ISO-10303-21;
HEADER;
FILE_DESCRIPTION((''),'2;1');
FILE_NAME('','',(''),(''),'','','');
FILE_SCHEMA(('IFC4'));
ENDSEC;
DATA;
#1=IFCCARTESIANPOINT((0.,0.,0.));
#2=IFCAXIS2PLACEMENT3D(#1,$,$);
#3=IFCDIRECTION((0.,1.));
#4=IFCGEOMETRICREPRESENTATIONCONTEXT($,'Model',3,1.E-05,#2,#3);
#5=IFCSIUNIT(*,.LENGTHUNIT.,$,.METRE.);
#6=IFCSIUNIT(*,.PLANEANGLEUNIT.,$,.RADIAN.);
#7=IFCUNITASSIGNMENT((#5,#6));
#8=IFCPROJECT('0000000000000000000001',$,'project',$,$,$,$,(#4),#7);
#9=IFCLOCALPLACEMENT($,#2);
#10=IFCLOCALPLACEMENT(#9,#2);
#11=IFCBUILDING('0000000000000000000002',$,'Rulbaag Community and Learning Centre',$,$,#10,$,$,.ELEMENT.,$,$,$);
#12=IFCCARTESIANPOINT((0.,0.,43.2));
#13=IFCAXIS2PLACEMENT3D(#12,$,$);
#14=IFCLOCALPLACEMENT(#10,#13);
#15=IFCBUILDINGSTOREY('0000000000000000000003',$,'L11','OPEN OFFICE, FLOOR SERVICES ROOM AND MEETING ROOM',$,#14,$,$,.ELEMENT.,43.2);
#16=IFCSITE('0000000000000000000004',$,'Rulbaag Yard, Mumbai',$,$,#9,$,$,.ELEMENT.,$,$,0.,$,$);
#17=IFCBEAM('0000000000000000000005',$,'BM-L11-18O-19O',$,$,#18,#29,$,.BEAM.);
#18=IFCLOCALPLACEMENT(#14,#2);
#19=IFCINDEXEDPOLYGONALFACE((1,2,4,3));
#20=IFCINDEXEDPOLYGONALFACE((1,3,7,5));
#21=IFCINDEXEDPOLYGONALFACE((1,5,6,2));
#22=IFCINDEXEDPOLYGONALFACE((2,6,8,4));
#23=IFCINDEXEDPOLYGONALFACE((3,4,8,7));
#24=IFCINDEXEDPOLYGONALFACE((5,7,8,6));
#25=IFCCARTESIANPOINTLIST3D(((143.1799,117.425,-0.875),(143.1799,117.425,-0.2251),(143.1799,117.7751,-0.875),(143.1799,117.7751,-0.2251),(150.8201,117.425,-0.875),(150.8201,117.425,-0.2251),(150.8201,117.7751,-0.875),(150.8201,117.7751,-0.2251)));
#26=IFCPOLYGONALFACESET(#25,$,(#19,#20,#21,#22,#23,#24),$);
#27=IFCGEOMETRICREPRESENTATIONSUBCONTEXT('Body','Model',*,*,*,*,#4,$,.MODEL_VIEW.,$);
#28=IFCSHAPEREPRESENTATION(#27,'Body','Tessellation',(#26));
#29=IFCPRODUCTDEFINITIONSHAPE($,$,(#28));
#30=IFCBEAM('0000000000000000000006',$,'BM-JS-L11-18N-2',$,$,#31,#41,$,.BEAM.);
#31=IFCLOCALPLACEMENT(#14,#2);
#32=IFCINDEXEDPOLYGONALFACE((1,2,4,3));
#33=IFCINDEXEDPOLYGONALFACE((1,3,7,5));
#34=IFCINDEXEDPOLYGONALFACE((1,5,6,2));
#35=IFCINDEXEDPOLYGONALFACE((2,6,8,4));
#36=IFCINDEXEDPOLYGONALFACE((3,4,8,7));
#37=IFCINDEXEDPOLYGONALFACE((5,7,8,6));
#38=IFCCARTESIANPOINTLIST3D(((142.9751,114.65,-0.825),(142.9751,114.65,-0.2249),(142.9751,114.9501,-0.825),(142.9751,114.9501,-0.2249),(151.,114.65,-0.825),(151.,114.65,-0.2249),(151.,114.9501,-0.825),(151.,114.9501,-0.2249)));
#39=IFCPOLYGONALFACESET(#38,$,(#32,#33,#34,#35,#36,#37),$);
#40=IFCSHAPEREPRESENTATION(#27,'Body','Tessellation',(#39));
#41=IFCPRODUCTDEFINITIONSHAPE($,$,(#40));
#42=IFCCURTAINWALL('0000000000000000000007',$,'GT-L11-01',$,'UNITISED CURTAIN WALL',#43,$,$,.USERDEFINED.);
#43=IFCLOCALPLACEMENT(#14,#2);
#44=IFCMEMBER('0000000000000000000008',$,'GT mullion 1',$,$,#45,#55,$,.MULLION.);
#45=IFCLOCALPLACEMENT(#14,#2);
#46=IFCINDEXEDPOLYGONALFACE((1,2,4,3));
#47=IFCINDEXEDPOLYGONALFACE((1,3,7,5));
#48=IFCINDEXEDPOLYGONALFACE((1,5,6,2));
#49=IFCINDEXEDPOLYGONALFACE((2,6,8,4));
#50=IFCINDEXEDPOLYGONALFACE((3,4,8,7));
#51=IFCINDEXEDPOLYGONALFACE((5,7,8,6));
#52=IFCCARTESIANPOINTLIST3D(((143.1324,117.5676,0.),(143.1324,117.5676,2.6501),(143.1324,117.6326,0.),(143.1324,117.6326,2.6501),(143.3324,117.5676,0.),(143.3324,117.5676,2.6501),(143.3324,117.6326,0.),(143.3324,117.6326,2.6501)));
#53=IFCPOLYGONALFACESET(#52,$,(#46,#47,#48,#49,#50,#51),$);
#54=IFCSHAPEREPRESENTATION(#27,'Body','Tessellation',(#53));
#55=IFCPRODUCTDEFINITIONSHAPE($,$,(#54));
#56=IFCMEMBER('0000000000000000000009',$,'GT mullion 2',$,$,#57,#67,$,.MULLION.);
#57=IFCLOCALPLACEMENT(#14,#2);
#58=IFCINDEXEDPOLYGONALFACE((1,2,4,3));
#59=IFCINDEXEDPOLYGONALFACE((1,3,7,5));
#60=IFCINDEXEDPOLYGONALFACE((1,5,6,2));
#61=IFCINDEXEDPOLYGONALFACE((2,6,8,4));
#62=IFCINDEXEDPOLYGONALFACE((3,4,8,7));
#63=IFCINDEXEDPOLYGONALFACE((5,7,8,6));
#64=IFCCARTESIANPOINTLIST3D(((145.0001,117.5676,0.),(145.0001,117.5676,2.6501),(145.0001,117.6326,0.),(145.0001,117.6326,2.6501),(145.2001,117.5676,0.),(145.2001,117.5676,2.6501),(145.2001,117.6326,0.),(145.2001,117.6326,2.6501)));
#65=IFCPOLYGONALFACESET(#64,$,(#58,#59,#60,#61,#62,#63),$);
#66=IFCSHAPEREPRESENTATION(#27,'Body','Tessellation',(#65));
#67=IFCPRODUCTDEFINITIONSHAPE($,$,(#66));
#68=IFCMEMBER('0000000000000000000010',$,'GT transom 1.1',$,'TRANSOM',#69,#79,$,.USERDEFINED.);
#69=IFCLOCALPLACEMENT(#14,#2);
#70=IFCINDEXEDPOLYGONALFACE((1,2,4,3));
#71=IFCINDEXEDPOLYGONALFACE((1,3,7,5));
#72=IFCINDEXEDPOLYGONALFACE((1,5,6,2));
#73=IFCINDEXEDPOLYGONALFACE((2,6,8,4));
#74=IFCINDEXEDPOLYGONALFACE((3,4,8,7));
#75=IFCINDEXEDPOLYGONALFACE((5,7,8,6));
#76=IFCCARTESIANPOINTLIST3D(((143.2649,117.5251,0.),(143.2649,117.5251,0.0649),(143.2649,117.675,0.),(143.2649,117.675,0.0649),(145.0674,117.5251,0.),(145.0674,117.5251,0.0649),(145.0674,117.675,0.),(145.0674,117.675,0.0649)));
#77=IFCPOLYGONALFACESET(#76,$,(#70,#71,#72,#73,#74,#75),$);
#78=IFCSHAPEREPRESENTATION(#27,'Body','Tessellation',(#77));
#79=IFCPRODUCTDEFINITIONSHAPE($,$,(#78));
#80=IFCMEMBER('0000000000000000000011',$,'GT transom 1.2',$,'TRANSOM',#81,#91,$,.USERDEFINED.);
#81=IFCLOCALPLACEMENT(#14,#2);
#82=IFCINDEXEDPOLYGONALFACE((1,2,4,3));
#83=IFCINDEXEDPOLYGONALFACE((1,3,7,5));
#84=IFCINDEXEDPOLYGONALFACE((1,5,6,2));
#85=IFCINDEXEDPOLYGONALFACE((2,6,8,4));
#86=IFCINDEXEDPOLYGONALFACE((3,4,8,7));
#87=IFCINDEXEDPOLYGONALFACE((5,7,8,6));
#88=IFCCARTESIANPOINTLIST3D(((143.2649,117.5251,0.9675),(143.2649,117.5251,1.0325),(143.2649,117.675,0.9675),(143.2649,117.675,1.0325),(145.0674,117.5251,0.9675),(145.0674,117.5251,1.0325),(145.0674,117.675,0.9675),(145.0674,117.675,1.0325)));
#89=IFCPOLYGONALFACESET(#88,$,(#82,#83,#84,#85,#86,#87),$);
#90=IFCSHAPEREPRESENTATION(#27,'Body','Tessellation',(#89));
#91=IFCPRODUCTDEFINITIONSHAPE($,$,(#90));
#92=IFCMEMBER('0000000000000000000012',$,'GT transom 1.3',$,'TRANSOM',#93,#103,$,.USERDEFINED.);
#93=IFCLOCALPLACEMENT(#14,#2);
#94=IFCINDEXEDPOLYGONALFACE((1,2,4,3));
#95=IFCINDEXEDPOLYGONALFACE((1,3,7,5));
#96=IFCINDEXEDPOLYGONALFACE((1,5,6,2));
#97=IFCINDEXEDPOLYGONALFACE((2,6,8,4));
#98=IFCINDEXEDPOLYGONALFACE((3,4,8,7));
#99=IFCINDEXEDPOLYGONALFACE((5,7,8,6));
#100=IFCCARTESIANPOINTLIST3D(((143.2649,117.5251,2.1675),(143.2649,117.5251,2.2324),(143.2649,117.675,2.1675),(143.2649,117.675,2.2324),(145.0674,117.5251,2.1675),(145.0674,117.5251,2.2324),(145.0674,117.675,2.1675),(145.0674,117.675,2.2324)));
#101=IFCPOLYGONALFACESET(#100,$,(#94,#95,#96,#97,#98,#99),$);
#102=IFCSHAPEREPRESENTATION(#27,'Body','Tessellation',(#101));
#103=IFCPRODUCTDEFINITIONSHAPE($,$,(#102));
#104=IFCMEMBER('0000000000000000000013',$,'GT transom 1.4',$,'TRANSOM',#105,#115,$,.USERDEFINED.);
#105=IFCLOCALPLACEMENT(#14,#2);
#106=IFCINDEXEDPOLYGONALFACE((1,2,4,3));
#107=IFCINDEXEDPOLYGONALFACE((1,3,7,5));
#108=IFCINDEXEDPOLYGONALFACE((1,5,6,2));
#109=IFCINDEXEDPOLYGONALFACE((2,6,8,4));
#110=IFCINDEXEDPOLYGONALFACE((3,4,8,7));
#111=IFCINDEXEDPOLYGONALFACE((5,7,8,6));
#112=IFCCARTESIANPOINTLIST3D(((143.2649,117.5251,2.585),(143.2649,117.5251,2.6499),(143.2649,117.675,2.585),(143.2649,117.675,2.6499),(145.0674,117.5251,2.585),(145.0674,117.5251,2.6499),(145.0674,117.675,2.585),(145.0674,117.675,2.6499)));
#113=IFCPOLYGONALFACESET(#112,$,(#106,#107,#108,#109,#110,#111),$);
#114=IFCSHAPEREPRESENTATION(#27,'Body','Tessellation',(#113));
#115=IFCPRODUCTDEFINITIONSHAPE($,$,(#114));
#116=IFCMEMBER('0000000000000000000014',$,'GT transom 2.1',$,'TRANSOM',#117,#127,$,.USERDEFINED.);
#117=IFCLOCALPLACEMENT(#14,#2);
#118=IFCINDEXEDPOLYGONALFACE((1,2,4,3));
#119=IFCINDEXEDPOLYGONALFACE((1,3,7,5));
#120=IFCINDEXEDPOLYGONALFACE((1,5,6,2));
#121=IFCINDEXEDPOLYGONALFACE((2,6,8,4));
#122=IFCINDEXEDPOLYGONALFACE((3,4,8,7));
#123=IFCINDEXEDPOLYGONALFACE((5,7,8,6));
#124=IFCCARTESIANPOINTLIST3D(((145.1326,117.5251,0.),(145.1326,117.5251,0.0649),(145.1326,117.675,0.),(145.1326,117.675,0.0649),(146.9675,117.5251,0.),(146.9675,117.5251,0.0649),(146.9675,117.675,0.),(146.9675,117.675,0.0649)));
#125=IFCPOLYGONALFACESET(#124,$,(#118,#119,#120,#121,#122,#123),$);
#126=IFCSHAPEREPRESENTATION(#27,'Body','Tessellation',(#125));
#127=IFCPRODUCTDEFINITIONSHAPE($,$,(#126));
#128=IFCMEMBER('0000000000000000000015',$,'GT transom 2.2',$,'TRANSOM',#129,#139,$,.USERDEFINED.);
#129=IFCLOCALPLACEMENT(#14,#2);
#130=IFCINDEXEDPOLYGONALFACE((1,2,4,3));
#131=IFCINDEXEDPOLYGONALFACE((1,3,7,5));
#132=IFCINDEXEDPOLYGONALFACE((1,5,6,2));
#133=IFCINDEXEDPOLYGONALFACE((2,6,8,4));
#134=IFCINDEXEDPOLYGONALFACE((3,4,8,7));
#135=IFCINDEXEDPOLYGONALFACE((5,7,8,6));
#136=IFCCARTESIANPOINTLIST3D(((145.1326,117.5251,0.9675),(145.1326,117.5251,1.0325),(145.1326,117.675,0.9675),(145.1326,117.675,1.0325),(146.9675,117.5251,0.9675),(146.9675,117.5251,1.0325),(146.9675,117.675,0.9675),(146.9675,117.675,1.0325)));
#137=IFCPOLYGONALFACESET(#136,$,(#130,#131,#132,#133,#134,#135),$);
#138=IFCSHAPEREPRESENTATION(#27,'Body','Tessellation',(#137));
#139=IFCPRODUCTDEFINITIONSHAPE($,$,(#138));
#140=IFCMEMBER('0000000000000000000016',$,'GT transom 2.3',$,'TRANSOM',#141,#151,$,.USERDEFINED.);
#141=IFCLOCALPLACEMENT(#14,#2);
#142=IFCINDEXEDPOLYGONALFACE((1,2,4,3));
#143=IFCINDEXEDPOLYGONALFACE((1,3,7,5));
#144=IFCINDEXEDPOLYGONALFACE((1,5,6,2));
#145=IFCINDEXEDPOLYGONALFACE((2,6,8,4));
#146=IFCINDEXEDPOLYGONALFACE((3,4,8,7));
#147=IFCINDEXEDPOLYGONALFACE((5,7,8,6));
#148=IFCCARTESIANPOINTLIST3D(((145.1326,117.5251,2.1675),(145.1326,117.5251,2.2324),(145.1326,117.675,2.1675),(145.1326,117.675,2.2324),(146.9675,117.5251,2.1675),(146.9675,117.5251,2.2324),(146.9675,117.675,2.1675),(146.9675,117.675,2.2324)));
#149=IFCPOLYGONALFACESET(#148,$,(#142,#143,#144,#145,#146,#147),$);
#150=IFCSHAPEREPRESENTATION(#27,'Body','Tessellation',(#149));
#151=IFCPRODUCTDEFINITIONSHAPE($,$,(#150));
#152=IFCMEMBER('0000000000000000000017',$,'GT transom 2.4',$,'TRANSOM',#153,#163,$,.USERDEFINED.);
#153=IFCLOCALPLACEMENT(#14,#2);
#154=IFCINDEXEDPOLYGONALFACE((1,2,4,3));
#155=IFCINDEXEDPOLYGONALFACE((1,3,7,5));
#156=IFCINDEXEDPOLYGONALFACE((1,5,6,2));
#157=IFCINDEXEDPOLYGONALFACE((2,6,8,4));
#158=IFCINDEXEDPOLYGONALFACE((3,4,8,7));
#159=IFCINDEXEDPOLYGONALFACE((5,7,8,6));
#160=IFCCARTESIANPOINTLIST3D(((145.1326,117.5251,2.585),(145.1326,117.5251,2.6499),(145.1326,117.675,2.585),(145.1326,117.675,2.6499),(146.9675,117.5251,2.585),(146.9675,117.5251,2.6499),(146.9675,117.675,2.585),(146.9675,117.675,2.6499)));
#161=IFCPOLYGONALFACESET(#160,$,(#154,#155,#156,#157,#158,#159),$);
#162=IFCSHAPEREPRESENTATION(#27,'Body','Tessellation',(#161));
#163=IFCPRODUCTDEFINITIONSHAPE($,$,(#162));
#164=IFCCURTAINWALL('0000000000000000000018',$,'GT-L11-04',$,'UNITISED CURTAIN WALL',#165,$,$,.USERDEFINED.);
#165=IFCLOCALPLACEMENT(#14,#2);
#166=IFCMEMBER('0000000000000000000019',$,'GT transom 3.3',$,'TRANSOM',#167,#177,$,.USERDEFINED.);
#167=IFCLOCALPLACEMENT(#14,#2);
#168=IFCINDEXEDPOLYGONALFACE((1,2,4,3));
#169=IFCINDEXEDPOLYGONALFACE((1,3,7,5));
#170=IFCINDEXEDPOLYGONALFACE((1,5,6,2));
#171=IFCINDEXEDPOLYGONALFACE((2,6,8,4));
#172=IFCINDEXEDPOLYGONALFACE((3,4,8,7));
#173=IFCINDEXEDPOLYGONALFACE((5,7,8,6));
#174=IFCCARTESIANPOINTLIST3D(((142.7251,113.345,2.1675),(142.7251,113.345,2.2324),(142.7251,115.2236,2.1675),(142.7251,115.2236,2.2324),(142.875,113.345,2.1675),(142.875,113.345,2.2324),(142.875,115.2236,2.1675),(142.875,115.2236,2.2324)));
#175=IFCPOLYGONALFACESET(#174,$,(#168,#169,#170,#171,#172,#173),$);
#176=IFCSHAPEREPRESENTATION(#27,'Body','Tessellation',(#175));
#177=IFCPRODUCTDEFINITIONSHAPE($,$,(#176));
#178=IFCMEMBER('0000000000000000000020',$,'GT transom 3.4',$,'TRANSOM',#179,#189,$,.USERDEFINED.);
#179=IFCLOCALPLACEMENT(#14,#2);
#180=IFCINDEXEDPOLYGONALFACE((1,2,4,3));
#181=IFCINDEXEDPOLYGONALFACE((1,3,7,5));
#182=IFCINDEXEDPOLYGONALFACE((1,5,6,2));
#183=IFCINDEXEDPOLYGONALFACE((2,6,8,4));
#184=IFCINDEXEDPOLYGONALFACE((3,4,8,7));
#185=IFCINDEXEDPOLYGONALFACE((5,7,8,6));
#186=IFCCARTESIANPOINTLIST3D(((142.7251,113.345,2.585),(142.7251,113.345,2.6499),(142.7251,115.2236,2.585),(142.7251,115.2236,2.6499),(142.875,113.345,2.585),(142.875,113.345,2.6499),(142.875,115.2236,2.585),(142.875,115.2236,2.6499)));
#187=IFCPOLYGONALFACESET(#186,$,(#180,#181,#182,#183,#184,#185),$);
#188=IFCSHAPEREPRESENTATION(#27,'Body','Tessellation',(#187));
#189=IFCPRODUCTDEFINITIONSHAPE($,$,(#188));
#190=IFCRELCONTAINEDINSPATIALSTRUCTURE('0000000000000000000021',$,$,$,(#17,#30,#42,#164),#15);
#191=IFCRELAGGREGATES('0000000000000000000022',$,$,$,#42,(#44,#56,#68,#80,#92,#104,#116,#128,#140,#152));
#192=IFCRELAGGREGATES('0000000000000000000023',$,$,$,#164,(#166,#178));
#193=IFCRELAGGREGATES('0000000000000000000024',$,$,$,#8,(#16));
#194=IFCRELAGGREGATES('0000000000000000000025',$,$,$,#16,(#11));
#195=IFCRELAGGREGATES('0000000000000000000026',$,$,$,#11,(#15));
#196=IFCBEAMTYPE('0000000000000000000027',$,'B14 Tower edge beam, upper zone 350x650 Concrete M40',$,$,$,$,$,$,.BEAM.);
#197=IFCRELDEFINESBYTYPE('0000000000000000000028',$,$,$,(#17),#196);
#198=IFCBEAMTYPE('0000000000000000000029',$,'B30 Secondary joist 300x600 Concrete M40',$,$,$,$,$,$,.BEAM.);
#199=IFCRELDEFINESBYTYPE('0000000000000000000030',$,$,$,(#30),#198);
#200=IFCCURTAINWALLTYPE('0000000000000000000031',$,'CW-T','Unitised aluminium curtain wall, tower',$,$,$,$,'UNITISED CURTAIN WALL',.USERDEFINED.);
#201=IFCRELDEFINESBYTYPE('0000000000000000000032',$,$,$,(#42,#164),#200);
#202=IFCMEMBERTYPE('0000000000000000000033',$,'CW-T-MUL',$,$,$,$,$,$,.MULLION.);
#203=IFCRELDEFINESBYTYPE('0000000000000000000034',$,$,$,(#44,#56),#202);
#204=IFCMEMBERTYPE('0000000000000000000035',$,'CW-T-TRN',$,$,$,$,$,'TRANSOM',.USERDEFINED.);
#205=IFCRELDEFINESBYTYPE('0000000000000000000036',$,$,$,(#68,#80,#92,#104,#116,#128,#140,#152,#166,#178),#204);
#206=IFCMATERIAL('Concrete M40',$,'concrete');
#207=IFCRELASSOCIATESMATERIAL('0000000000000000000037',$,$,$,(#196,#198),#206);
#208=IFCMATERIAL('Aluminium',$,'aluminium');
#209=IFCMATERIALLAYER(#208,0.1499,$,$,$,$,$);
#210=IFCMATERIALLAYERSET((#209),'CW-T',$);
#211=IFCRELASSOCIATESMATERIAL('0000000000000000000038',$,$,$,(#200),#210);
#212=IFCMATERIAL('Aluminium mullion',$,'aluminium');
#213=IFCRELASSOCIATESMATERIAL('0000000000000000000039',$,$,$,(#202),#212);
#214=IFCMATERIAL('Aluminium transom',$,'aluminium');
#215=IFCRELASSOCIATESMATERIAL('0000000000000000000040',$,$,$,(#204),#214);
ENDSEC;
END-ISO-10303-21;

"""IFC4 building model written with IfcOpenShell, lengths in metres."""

from ifc_helpers import new_model, si_unit, direction, frame, origin, origin_2d, place, context, subcontext, project, spatial, rectangle, extrude, material, layer, layer_set, material_profile, profile_set, type_object, element, aggregate, save


model = new_model("IFC4")

# Units and contexts
model_context = context("Model", 3, precision=1e-05, world=origin(), true_north=direction((0.0, 1.0)))
body_context = subcontext(model_context, "Body", "Model", "MODEL_VIEW")
ifc_project = project(units=[si_unit("LENGTHUNIT", "METRE"), si_unit("PLANEANGLEUNIT", "RADIAN")], contexts=[model_context])

# Site, building, storey
site_placement = place(None, origin())
site = spatial("IfcSite", under=ifc_project, at=site_placement, Name="Rulbaag Yard, Mumbai", CompositionType="ELEMENT", RefElevation=0.0)
building_placement = place(site_placement, origin())
building = spatial("IfcBuilding", under=site, at=building_placement, Name="Rulbaag Community and Learning Centre", CompositionType="ELEMENT")
storey_placement = place(building_placement, frame((0.0, 0.0, 43.2)))
storey = spatial("IfcBuildingStorey", under=building, at=storey_placement, Name="L11", Description="OPEN OFFICE, FLOOR SERVICES ROOM AND MEETING ROOM", CompositionType="ELEMENT", Elevation=43.2)

# Beams
ifc_material_1 = material(Name="Concrete M40", Category="concrete")
ifc_material_profile_1 = material_profile(ifc_material_1, rectangle(XDim=0.3501, YDim=0.6499, at=origin_2d()), Name="RB350x650")
ifc_profile_set_1 = profile_set([ifc_material_profile_1], Name="Concrete M40")
beam_type_1 = type_object("IfcBeamType", Name="B14 Tower edge beam, upper zone 350x650 Concrete M40", PredefinedType="BEAM", material=ifc_profile_set_1)
beam_1_placement = place(storey_placement, frame((143.1799, 117.6001, -0.55), z_axis=(1.0, 0.0, 0.0), x_axis=(0.0, 1.0, 0.0)))
element("IfcBeam", 1, at=beam_1_placement, inside=storey, type_object=beam_type_1, Name="BM-L11-18O-19O", PredefinedType="BEAM", context=body_context, shape_type="SweptSolid", body=[
    extrude(rectangle(XDim=0.3501, YDim=0.6499, at=origin_2d()), origin(), (0.0, 0.0, 1.0), 7.6401),
])
ifc_material_profile_2 = material_profile(ifc_material_1, rectangle(XDim=0.3, YDim=0.6001, at=origin_2d()), Name="RB300x600")
ifc_profile_set_2 = profile_set([ifc_material_profile_2], Name="Concrete M40")
beam_type_2 = type_object("IfcBeamType", Name="B30 Secondary joist 300x600 Concrete M40", PredefinedType="BEAM", material=ifc_profile_set_2)
beam_2_placement = place(storey_placement, frame((142.9751, 114.8, -0.5249), z_axis=(1.0, 0.0, 0.0), x_axis=(0.0, 1.0, 0.0)))
element("IfcBeam", 2, at=beam_2_placement, inside=storey, type_object=beam_type_2, Name="BM-JS-L11-18N-2", PredefinedType="BEAM", context=body_context, shape_type="SweptSolid", body=[
    extrude(rectangle(XDim=0.3, YDim=0.6001, at=origin_2d()), origin(), (0.0, 0.0, 1.0), 8.0249),
])

# Curtain walls, members
ifc_material_2 = material(Name="Aluminium", Category="aluminium")
ifc_layer_1 = layer(ifc_material_2, 0.1499)
ifc_layer_set_1 = layer_set([ifc_layer_1], Name="CW-T")
curtain_wall_type = type_object("IfcCurtainWallType", Name="CW-T", Description="Unitised aluminium curtain wall, tower", ElementType="UNITISED CURTAIN WALL", PredefinedType="USERDEFINED", material=ifc_layer_set_1)
curtain_wall_1_placement = place(storey_placement, origin())
curtain_wall_1 = element("IfcCurtainWall", 3, at=curtain_wall_1_placement, inside=storey, type_object=curtain_wall_type, Name="GT-L11-01", ObjectType="UNITISED CURTAIN WALL", PredefinedType="USERDEFINED")
ifc_material_3 = material(Name="Aluminium mullion", Category="aluminium")
ifc_material_profile_3 = material_profile(ifc_material_3, rectangle(XDim=0.0649, YDim=0.2, at=origin_2d()), Name="AL 65x200")
ifc_profile_set_3 = profile_set([ifc_material_profile_3], Name="Aluminium mullion")
member_type_1 = type_object("IfcMemberType", Name="CW-T-MUL", PredefinedType="MULLION", material=ifc_profile_set_3)
member_1_placement = place(storey_placement, frame((143.2324, 117.6001, 0.0), z_axis=(0.0, 0.0, 1.0), x_axis=(0.0, 1.0, 0.0)))
member_1 = element("IfcMember", 4, at=member_1_placement, type_object=member_type_1, Name="GT mullion 1", PredefinedType="MULLION", context=body_context, shape_type="SweptSolid", body=[
    extrude(rectangle(XDim=0.0649, YDim=0.2, at=origin_2d()), origin(), (0.0, 0.0, 1.0), 2.6501),
])
member_2_placement = place(storey_placement, frame((145.1001, 117.6001, 0.0), z_axis=(0.0, 0.0, 1.0), x_axis=(0.0, 1.0, 0.0)))
member_2 = element("IfcMember", 5, at=member_2_placement, type_object=member_type_1, Name="GT mullion 2", PredefinedType="MULLION", context=body_context, shape_type="SweptSolid", body=[
    extrude(rectangle(XDim=0.0649, YDim=0.2, at=origin_2d()), origin(), (0.0, 0.0, 1.0), 2.6501),
])
ifc_material_4 = material(Name="Aluminium transom", Category="aluminium")
ifc_material_profile_4 = material_profile(ifc_material_4, rectangle(XDim=0.1499, YDim=0.0649, at=origin_2d()), Name="AL 65x150 T")
ifc_profile_set_4 = profile_set([ifc_material_profile_4], Name="Aluminium transom")
member_type_2 = type_object("IfcMemberType", Name="CW-T-TRN", ElementType="TRANSOM", PredefinedType="USERDEFINED", material=ifc_profile_set_4)
member_3_placement = place(storey_placement, frame((143.2649, 117.6001, 0.0325), z_axis=(1.0, 0.0, 0.0), x_axis=(0.0, 1.0, 0.0)))
member_3 = element("IfcMember", 6, at=member_3_placement, type_object=member_type_2, Name="GT transom 1.1", ObjectType="TRANSOM", PredefinedType="USERDEFINED", context=body_context, shape_type="SweptSolid", body=[
    extrude(rectangle(XDim=0.1499, YDim=0.0649, at=origin_2d()), origin(), (0.0, 0.0, 1.0), 1.8025),
])
member_4_placement = place(storey_placement, frame((143.2649, 117.6001, 1.0), z_axis=(1.0, 0.0, 0.0), x_axis=(0.0, 1.0, 0.0)))
member_4 = element("IfcMember", 7, at=member_4_placement, type_object=member_type_2, Name="GT transom 1.2", ObjectType="TRANSOM", PredefinedType="USERDEFINED", context=body_context, shape_type="SweptSolid", body=[
    extrude(rectangle(XDim=0.1499, YDim=0.0649, at=origin_2d()), origin(), (0.0, 0.0, 1.0), 1.8025),
])
member_5_placement = place(storey_placement, frame((143.2649, 117.6001, 2.2), z_axis=(1.0, 0.0, 0.0), x_axis=(0.0, 1.0, 0.0)))
member_5 = element("IfcMember", 8, at=member_5_placement, type_object=member_type_2, Name="GT transom 1.3", ObjectType="TRANSOM", PredefinedType="USERDEFINED", context=body_context, shape_type="SweptSolid", body=[
    extrude(rectangle(XDim=0.1499, YDim=0.0649, at=origin_2d()), origin(), (0.0, 0.0, 1.0), 1.8025),
])
member_6_placement = place(storey_placement, frame((143.2649, 117.6001, 2.6174), z_axis=(1.0, 0.0, 0.0), x_axis=(0.0, 1.0, 0.0)))
member_6 = element("IfcMember", 9, at=member_6_placement, type_object=member_type_2, Name="GT transom 1.4", ObjectType="TRANSOM", PredefinedType="USERDEFINED", context=body_context, shape_type="SweptSolid", body=[
    extrude(rectangle(XDim=0.1499, YDim=0.0649, at=origin_2d()), origin(), (0.0, 0.0, 1.0), 1.8025),
])
member_7_placement = place(storey_placement, frame((145.1326, 117.6001, 0.0325), z_axis=(1.0, 0.0, 0.0), x_axis=(0.0, 1.0, 0.0)))
member_7 = element("IfcMember", 10, at=member_7_placement, type_object=member_type_2, Name="GT transom 2.1", ObjectType="TRANSOM", PredefinedType="USERDEFINED", context=body_context, shape_type="SweptSolid", body=[
    extrude(rectangle(XDim=0.1499, YDim=0.0649, at=origin_2d()), origin(), (0.0, 0.0, 1.0), 1.835),
])
member_8_placement = place(storey_placement, frame((145.1326, 117.6001, 1.0), z_axis=(1.0, 0.0, 0.0), x_axis=(0.0, 1.0, 0.0)))
member_8 = element("IfcMember", 11, at=member_8_placement, type_object=member_type_2, Name="GT transom 2.2", ObjectType="TRANSOM", PredefinedType="USERDEFINED", context=body_context, shape_type="SweptSolid", body=[
    extrude(rectangle(XDim=0.1499, YDim=0.0649, at=origin_2d()), origin(), (0.0, 0.0, 1.0), 1.835),
])
member_9_placement = place(storey_placement, frame((145.1326, 117.6001, 2.2), z_axis=(1.0, 0.0, 0.0), x_axis=(0.0, 1.0, 0.0)))
member_9 = element("IfcMember", 12, at=member_9_placement, type_object=member_type_2, Name="GT transom 2.3", ObjectType="TRANSOM", PredefinedType="USERDEFINED", context=body_context, shape_type="SweptSolid", body=[
    extrude(rectangle(XDim=0.1499, YDim=0.0649, at=origin_2d()), origin(), (0.0, 0.0, 1.0), 1.835),
])
member_10_placement = place(storey_placement, frame((145.1326, 117.6001, 2.6174), z_axis=(1.0, 0.0, 0.0), x_axis=(0.0, 1.0, 0.0)))
member_10 = element("IfcMember", 13, at=member_10_placement, type_object=member_type_2, Name="GT transom 2.4", ObjectType="TRANSOM", PredefinedType="USERDEFINED", context=body_context, shape_type="SweptSolid", body=[
    extrude(rectangle(XDim=0.1499, YDim=0.0649, at=origin_2d()), origin(), (0.0, 0.0, 1.0), 1.835),
])
curtain_wall_2_placement = place(storey_placement, origin())
curtain_wall_2 = element("IfcCurtainWall", 14, at=curtain_wall_2_placement, inside=storey, type_object=curtain_wall_type, Name="GT-L11-04", ObjectType="UNITISED CURTAIN WALL", PredefinedType="USERDEFINED")
member_11_placement = place(storey_placement, frame((142.8, 113.345, 2.2), z_axis=(0.0, 1.0, 0.0), x_axis=(-1.0, 0.0, 0.0)))
member_11 = element("IfcMember", 15, at=member_11_placement, type_object=member_type_2, Name="GT transom 3.3", ObjectType="TRANSOM", PredefinedType="USERDEFINED", context=body_context, shape_type="SweptSolid", body=[
    extrude(rectangle(XDim=0.1499, YDim=0.0649, at=origin_2d()), origin(), (0.0, 0.0, 1.0), 1.8787),
])
member_12_placement = place(storey_placement, frame((142.8, 113.345, 2.6174), z_axis=(0.0, 1.0, 0.0), x_axis=(-1.0, 0.0, 0.0)))
member_12 = element("IfcMember", 16, at=member_12_placement, type_object=member_type_2, Name="GT transom 3.4", ObjectType="TRANSOM", PredefinedType="USERDEFINED", context=body_context, shape_type="SweptSolid", body=[
    extrude(rectangle(XDim=0.1499, YDim=0.0649, at=origin_2d()), origin(), (0.0, 0.0, 1.0), 1.8787),
])

aggregate(curtain_wall_1, [member_1, member_2, member_3, member_4, member_5, member_6, member_7, member_8, member_9, member_10])
aggregate(curtain_wall_2, [member_11, member_12])

save(model, "model.ifc")
